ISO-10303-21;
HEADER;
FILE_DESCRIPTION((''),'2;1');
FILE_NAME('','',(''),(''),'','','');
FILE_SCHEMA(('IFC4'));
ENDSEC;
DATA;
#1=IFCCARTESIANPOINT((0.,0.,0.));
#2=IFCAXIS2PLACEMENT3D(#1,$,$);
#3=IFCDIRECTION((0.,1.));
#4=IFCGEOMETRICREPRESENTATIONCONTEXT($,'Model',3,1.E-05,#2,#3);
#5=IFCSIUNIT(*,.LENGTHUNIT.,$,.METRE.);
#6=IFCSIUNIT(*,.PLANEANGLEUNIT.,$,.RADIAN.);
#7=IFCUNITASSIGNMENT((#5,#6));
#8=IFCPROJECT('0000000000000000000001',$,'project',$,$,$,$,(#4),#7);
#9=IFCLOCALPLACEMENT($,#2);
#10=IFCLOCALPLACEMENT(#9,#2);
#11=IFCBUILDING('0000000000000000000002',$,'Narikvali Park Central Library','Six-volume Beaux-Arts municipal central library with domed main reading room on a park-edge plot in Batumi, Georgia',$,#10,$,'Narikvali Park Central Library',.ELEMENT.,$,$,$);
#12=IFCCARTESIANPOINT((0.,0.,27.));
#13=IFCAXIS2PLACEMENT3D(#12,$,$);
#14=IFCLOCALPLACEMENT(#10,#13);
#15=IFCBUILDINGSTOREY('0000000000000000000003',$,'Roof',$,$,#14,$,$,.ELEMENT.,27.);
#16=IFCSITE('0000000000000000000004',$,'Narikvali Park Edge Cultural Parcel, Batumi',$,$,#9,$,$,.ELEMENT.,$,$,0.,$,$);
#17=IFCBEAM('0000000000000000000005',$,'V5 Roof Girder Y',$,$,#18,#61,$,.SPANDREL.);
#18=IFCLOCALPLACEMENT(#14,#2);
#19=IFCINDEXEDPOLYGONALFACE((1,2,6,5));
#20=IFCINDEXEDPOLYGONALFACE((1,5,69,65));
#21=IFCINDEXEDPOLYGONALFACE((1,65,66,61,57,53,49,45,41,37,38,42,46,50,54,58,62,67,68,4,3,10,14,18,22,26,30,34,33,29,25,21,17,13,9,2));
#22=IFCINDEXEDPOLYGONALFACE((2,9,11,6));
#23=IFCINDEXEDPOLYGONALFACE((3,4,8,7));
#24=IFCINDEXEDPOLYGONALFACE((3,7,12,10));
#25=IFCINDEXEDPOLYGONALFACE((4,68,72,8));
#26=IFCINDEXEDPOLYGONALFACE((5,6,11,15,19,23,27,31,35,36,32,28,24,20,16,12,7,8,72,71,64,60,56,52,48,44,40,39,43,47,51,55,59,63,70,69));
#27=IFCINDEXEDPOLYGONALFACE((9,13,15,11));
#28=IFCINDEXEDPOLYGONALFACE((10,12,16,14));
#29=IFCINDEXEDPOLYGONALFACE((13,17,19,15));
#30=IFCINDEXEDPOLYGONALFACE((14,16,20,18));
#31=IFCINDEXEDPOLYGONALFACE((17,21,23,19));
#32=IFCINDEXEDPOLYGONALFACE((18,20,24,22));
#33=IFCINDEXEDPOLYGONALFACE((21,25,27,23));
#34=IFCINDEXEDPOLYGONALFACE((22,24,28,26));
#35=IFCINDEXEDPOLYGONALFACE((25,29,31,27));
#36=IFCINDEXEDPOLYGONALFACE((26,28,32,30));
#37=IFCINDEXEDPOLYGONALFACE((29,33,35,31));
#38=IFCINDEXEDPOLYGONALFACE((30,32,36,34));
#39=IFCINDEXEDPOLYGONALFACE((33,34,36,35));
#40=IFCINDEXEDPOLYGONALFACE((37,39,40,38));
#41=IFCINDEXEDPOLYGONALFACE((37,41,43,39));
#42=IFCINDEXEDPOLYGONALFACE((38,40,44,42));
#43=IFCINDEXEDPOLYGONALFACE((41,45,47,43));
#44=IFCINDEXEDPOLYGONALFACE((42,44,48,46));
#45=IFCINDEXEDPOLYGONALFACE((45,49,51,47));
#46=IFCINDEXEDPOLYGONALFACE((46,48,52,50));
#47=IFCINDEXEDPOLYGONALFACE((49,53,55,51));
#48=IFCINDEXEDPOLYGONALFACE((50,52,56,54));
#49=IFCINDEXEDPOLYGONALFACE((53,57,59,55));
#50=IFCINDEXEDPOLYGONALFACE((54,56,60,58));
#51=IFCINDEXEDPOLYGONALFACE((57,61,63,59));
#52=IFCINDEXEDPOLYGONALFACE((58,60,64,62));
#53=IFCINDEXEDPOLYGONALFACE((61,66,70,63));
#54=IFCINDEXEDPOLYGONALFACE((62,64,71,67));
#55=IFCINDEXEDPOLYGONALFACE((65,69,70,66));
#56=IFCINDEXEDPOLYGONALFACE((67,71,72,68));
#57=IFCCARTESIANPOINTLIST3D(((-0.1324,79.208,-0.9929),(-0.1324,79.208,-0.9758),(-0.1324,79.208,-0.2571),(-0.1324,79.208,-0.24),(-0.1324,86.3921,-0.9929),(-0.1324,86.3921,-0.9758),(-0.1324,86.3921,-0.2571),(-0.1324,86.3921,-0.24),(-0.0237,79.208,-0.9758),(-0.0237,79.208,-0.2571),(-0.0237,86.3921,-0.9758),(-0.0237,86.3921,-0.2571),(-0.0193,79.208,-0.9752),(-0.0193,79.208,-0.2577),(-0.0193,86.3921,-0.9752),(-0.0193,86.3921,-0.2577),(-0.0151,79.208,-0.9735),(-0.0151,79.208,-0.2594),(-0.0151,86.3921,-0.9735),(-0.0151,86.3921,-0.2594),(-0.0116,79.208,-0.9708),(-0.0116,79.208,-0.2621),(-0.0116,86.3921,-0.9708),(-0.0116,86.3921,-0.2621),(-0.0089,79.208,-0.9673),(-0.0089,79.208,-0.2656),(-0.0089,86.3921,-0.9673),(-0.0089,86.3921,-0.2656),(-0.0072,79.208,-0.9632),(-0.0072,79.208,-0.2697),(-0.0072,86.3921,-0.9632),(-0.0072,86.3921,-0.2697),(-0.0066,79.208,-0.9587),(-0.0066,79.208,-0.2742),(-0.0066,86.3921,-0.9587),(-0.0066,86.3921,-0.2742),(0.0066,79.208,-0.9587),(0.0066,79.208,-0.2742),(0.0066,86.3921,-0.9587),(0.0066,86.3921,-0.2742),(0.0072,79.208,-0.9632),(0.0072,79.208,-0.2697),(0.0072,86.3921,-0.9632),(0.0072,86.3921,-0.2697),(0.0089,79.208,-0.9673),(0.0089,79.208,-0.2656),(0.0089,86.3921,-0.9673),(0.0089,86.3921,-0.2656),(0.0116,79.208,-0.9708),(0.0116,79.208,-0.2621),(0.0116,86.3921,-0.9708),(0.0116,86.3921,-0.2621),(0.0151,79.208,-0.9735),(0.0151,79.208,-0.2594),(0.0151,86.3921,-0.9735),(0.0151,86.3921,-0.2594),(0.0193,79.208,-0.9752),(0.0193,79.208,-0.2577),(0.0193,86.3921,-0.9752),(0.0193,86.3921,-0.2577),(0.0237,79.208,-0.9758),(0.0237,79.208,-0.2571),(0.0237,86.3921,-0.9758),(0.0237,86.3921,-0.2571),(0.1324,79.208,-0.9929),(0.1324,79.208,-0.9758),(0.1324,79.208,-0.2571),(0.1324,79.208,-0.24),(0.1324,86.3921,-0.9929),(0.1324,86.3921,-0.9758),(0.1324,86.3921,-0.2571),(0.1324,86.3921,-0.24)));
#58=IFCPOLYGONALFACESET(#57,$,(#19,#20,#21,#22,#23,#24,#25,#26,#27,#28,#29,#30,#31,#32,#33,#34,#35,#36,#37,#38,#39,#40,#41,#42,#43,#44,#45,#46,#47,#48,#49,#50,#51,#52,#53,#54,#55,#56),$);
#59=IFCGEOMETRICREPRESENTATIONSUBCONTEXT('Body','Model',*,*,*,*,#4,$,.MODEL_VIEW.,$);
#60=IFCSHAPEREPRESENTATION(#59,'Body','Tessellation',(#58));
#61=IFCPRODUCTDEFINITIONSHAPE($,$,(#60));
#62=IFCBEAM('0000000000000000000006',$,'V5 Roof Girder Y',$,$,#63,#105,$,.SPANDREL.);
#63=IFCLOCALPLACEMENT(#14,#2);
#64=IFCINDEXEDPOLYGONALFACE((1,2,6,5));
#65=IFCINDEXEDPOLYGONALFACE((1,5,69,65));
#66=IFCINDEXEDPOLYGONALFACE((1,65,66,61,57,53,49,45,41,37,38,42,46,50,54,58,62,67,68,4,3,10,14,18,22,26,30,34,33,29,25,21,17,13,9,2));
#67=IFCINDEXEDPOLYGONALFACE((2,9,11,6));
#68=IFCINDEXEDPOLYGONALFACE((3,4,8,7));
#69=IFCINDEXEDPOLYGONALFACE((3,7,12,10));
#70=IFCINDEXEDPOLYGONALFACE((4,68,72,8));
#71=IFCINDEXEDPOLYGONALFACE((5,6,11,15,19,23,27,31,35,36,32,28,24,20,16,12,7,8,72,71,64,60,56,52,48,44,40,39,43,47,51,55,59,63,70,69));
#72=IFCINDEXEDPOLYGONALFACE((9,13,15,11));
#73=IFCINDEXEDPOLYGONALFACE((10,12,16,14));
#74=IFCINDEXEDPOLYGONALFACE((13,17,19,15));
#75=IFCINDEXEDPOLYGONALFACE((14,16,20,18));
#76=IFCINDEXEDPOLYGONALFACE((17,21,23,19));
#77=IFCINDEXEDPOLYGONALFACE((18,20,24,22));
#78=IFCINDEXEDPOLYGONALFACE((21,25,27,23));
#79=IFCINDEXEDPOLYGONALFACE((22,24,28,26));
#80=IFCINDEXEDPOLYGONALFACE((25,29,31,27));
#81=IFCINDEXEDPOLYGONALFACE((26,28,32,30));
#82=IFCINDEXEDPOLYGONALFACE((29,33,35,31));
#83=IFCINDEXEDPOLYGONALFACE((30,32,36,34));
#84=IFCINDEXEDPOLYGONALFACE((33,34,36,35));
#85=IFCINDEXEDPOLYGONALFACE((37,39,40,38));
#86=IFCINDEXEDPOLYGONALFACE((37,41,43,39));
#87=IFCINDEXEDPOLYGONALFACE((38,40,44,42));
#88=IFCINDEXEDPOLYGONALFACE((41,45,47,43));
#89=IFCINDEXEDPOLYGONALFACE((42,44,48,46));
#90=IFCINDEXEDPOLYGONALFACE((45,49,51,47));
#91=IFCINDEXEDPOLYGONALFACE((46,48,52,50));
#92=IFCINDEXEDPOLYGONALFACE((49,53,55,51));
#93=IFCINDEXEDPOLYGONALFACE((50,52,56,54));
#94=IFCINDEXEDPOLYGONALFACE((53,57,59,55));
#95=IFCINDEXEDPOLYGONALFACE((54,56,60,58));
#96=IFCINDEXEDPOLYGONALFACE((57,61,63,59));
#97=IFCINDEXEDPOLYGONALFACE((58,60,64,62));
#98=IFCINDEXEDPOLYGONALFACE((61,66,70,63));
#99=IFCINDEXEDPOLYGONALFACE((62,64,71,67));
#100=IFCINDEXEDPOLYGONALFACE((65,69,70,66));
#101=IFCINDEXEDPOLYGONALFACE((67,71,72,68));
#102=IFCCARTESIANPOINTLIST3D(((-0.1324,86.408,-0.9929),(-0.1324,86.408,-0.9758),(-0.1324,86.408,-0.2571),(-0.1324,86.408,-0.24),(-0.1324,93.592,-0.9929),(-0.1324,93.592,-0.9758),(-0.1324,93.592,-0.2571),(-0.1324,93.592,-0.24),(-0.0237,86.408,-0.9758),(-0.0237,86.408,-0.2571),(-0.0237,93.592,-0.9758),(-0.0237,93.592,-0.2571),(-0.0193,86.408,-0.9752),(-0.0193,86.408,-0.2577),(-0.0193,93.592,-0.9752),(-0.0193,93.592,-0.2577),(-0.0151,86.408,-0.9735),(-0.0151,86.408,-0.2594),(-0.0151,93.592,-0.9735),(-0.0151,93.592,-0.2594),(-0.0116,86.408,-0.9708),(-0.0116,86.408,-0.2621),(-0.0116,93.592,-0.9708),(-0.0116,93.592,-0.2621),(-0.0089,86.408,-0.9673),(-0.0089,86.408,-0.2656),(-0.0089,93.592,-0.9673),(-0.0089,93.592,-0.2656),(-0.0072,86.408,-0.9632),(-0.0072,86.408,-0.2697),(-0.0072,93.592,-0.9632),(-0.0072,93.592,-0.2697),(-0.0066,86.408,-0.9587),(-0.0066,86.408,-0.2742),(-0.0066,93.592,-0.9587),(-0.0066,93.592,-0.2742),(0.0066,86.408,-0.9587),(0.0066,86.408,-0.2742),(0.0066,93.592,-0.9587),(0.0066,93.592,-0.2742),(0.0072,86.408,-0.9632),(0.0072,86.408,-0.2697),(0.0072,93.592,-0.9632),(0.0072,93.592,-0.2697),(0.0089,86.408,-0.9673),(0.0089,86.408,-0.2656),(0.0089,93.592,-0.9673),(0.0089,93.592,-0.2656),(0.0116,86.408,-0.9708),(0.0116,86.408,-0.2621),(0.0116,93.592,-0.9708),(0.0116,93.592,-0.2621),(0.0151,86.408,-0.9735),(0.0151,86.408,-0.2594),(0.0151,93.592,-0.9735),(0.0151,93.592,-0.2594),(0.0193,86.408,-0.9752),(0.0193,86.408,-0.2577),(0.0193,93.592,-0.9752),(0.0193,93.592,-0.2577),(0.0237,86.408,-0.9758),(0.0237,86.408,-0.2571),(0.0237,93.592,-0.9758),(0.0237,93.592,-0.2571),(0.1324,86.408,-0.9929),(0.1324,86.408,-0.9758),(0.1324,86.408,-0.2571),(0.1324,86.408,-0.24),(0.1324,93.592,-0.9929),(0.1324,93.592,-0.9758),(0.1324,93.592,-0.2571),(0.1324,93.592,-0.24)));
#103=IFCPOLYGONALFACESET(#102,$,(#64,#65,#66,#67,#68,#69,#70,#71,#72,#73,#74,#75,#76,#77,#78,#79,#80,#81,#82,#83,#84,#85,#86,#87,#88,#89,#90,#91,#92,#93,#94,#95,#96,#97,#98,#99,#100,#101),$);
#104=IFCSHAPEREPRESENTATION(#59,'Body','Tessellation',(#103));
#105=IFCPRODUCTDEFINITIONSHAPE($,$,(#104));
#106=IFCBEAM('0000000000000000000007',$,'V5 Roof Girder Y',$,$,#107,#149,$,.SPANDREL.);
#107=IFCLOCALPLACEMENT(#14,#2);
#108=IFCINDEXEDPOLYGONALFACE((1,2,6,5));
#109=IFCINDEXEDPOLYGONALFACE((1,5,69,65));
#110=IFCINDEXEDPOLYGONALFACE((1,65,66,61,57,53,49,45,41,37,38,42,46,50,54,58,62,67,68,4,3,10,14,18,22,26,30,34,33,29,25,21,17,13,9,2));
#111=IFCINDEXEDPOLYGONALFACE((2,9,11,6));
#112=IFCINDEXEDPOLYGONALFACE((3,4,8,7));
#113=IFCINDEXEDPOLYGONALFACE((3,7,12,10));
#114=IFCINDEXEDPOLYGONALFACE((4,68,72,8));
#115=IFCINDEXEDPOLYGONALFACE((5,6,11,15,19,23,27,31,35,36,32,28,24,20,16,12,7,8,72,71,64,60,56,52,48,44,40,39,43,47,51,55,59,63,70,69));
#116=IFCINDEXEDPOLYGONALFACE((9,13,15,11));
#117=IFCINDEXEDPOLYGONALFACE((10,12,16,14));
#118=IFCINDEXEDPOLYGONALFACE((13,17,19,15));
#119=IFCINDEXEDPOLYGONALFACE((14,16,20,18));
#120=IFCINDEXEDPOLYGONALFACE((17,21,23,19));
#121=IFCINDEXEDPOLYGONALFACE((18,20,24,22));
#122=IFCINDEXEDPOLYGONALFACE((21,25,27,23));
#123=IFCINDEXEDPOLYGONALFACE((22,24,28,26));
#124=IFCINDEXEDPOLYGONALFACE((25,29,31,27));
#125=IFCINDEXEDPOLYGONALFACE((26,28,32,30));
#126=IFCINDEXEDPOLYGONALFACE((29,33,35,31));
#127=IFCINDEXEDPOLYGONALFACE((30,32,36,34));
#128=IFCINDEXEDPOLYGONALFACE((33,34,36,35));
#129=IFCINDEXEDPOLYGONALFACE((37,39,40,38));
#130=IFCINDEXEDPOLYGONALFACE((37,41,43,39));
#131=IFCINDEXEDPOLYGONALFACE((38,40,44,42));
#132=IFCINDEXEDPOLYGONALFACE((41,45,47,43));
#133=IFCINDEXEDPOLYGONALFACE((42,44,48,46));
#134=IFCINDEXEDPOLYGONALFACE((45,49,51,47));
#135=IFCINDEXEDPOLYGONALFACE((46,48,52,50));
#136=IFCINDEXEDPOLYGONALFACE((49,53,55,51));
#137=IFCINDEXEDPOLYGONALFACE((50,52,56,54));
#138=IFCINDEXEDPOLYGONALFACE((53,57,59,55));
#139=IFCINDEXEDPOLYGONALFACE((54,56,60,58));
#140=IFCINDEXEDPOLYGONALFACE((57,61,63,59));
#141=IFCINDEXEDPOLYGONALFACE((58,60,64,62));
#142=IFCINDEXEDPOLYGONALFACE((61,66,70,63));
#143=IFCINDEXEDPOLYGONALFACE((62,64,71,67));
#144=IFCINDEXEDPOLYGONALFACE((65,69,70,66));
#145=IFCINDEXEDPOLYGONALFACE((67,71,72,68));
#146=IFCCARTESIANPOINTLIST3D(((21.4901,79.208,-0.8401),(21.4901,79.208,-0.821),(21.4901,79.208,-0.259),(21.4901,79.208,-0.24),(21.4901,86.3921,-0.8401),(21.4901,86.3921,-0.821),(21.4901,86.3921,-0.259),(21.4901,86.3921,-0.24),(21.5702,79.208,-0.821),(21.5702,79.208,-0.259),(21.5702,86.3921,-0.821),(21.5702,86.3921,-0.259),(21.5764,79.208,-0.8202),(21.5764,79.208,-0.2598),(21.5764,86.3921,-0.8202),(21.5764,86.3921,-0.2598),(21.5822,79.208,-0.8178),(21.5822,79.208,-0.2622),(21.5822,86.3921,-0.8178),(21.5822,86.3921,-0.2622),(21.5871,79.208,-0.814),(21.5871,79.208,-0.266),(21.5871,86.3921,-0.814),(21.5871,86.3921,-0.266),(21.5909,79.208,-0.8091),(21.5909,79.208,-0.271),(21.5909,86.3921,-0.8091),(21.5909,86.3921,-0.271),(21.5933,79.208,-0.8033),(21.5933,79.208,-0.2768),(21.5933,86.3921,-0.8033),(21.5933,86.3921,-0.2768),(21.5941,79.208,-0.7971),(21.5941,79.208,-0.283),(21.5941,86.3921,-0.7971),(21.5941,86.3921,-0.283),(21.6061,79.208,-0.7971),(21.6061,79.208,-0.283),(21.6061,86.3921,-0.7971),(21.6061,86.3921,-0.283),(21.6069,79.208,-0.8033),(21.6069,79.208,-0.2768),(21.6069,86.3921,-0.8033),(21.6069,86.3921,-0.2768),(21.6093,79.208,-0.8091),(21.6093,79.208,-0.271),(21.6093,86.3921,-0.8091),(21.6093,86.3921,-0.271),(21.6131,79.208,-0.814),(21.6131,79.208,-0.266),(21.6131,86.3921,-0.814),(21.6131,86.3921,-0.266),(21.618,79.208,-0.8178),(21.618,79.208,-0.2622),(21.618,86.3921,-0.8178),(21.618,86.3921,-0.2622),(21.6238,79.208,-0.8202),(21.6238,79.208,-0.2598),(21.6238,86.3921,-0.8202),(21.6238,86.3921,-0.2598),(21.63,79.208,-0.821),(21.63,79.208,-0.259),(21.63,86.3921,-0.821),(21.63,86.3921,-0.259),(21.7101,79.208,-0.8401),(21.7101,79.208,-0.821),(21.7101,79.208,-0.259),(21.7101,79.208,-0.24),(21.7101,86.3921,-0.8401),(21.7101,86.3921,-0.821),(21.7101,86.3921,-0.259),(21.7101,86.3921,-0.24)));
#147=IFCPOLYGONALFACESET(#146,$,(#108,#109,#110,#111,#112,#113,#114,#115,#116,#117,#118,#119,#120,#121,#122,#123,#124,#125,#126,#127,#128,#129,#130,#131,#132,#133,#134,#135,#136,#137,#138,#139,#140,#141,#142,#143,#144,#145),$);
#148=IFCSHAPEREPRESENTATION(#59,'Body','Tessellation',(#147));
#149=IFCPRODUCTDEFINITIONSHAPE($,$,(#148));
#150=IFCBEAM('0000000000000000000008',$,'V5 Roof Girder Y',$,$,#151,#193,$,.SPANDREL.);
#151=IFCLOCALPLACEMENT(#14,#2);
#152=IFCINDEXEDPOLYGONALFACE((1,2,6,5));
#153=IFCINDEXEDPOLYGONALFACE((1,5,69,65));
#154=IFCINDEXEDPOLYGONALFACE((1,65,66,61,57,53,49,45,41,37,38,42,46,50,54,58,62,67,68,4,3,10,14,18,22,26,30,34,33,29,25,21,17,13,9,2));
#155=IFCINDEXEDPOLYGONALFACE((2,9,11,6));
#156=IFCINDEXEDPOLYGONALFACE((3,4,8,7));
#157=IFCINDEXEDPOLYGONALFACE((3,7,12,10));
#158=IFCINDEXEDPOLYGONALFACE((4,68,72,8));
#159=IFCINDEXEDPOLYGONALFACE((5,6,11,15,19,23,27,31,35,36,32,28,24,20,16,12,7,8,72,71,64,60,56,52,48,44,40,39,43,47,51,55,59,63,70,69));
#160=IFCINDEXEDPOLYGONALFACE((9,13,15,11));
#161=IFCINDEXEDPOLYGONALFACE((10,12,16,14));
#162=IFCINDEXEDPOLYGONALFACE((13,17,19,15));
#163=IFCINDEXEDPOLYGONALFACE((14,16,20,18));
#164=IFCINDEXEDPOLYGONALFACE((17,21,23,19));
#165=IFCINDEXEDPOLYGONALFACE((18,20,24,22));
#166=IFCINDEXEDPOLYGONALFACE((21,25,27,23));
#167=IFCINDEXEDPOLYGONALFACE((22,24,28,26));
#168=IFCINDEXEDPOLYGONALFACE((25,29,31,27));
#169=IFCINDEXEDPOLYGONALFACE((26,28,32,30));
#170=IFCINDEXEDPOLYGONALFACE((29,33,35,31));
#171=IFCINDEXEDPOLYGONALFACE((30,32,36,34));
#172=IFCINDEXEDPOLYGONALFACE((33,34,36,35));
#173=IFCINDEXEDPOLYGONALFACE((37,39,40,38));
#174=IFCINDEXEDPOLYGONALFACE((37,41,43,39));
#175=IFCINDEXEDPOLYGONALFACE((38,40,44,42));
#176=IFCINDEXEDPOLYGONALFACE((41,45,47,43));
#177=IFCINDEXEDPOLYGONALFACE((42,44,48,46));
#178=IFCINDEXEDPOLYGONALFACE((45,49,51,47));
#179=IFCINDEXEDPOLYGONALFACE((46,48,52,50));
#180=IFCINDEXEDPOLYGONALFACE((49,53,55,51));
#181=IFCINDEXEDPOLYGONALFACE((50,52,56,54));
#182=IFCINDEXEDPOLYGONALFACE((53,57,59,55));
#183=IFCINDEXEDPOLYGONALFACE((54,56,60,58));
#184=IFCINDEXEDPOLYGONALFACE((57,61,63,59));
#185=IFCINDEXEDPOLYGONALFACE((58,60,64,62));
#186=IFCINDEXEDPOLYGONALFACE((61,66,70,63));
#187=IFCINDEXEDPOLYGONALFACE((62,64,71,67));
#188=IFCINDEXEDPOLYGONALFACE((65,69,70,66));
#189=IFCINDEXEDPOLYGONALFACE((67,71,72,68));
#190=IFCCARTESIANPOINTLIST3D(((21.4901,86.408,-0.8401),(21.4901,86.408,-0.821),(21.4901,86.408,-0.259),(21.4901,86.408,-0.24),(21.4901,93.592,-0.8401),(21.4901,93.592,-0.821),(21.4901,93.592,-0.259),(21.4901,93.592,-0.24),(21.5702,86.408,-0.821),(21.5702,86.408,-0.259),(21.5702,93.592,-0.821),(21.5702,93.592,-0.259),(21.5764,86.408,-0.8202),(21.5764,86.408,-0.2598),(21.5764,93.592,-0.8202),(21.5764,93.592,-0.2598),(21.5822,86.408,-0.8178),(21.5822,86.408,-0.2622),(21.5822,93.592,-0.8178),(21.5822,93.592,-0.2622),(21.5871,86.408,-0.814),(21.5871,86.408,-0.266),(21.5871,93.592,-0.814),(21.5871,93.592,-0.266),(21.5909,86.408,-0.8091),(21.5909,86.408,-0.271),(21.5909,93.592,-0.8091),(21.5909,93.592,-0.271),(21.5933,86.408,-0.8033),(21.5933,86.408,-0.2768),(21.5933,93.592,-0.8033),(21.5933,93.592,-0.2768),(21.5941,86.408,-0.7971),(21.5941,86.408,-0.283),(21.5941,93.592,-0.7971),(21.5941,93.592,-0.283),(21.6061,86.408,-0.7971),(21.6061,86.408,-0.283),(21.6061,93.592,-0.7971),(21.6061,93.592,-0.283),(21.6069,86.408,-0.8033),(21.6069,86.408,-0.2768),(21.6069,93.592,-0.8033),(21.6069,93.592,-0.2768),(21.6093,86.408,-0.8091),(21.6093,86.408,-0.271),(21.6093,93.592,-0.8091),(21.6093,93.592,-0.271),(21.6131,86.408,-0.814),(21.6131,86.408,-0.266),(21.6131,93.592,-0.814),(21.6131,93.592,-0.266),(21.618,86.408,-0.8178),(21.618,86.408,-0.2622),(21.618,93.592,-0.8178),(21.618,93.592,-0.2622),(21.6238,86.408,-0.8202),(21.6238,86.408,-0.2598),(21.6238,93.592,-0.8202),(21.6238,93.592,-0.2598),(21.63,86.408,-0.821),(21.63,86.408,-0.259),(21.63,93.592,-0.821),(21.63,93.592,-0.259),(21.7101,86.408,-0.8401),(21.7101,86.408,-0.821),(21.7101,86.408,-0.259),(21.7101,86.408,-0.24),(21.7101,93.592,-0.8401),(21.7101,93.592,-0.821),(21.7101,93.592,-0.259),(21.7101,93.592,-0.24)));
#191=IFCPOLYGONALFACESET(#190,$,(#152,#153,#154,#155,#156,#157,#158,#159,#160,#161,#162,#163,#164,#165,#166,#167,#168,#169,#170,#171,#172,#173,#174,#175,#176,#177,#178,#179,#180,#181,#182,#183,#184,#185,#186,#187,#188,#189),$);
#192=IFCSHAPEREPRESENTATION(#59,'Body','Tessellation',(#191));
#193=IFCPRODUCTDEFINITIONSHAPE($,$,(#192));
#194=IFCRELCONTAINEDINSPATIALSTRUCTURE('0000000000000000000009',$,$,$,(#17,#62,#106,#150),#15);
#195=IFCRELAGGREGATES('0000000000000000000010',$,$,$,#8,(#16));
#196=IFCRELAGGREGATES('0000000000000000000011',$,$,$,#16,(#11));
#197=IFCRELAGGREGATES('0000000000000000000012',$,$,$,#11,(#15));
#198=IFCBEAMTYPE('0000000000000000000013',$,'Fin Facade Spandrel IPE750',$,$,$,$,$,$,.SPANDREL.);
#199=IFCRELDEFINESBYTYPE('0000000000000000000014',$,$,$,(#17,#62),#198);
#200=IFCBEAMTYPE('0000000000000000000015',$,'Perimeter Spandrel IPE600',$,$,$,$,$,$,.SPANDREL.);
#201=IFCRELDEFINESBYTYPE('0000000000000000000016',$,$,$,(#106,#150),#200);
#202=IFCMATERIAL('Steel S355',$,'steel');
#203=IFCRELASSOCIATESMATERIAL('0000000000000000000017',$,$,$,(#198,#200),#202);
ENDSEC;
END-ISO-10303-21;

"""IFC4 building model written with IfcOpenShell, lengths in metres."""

from ifc_helpers import new_model, si_unit, direction, frame, origin, origin_2d, place, context, subcontext, project, spatial, i_section, extrude, material, material_profile, profile_set, type_object, element, save


model = new_model("IFC4")

# Units and contexts
model_context = context("Model", 3, precision=1e-05, world=origin(), true_north=direction((0.0, 1.0)))
body_context = subcontext(model_context, "Body", "Model", "MODEL_VIEW")
ifc_project = project(units=[si_unit("LENGTHUNIT", "METRE"), si_unit("PLANEANGLEUNIT", "RADIAN")], contexts=[model_context])

# Site, building, storey
site_placement = place(None, origin())
site = spatial("IfcSite", under=ifc_project, at=site_placement, Name="Narikvali Park Edge Cultural Parcel, Batumi", CompositionType="ELEMENT", RefElevation=0.0)
building_placement = place(site_placement, origin())
building = spatial("IfcBuilding", under=site, at=building_placement, Name="Narikvali Park Central Library", Description="Six-volume Beaux-Arts municipal central library with domed main reading room on a park-edge plot in Batumi, Georgia", LongName="Narikvali Park Central Library", CompositionType="ELEMENT")
storey_placement = place(building_placement, frame((0.0, 0.0, 27.0)))
storey = spatial("IfcBuildingStorey", under=building, at=storey_placement, Name="Roof", CompositionType="ELEMENT", Elevation=27.0)

# Beams
ifc_material = material(Name="Steel S355", Category="steel")
ifc_material_profile_1 = material_profile(ifc_material, i_section(OverallWidth=0.2649, OverallDepth=0.7529, WebThickness=0.0132, FlangeThickness=0.0171, FilletRadius=0.0171, at=origin_2d()), Name="IPE 750x147")
ifc_profile_set_1 = profile_set([ifc_material_profile_1], Name="Steel S355")
beam_type_1 = type_object("IfcBeamType", Name="Fin Facade Spandrel IPE750", PredefinedType="SPANDREL", material=ifc_profile_set_1)
for number, where, z_axis, x_axis, name in (
    (1, (0.0, 79.208, -0.6165), (0.0, 1.0, 0.0), (-1.0, 0.0, 0.0), "V5 Roof Girder Y"),
    (2, (0.0, 86.408, -0.6165), (0.0, 1.0, 0.0), (-1.0, 0.0, 0.0), "V5 Roof Girder Y"),
):
    element("IfcBeam", number, at=place(storey_placement, frame(where, z_axis=z_axis, x_axis=x_axis)), inside=storey, type_object=beam_type_1, Name=name, PredefinedType="SPANDREL", context=body_context, shape_type="SweptSolid", body=[
        extrude(i_section(OverallWidth=0.2649, OverallDepth=0.7529, WebThickness=0.0132, FlangeThickness=0.0171, FilletRadius=0.0171, at=origin_2d()), origin(), (0.0, 0.0, 1.0), 7.1841),
    ])
ifc_material_profile_2 = material_profile(ifc_material, i_section(OverallWidth=0.22, OverallDepth=0.6001, WebThickness=0.012, FlangeThickness=0.019, FilletRadius=0.0239, at=origin_2d()), Name="IPE 600")
ifc_profile_set_2 = profile_set([ifc_material_profile_2], Name="Steel S355")
beam_type_2 = type_object("IfcBeamType", Name="Perimeter Spandrel IPE600", PredefinedType="SPANDREL", material=ifc_profile_set_2)
for number, where, z_axis, x_axis, name in (
    (3, (21.6001, 79.208, -0.54), (0.0, 1.0, 0.0), (-1.0, 0.0, 0.0), "V5 Roof Girder Y"),
    (4, (21.6001, 86.408, -0.54), (0.0, 1.0, 0.0), (-1.0, 0.0, 0.0), "V5 Roof Girder Y"),
):
    element("IfcBeam", number, at=place(storey_placement, frame(where, z_axis=z_axis, x_axis=x_axis)), inside=storey, type_object=beam_type_2, Name=name, PredefinedType="SPANDREL", context=body_context, shape_type="SweptSolid", body=[
        extrude(i_section(OverallWidth=0.22, OverallDepth=0.6001, WebThickness=0.012, FlangeThickness=0.019, FilletRadius=0.0239, at=origin_2d()), origin(), (0.0, 0.0, 1.0), 7.1841),
    ])

save(model, "model.ifc")
